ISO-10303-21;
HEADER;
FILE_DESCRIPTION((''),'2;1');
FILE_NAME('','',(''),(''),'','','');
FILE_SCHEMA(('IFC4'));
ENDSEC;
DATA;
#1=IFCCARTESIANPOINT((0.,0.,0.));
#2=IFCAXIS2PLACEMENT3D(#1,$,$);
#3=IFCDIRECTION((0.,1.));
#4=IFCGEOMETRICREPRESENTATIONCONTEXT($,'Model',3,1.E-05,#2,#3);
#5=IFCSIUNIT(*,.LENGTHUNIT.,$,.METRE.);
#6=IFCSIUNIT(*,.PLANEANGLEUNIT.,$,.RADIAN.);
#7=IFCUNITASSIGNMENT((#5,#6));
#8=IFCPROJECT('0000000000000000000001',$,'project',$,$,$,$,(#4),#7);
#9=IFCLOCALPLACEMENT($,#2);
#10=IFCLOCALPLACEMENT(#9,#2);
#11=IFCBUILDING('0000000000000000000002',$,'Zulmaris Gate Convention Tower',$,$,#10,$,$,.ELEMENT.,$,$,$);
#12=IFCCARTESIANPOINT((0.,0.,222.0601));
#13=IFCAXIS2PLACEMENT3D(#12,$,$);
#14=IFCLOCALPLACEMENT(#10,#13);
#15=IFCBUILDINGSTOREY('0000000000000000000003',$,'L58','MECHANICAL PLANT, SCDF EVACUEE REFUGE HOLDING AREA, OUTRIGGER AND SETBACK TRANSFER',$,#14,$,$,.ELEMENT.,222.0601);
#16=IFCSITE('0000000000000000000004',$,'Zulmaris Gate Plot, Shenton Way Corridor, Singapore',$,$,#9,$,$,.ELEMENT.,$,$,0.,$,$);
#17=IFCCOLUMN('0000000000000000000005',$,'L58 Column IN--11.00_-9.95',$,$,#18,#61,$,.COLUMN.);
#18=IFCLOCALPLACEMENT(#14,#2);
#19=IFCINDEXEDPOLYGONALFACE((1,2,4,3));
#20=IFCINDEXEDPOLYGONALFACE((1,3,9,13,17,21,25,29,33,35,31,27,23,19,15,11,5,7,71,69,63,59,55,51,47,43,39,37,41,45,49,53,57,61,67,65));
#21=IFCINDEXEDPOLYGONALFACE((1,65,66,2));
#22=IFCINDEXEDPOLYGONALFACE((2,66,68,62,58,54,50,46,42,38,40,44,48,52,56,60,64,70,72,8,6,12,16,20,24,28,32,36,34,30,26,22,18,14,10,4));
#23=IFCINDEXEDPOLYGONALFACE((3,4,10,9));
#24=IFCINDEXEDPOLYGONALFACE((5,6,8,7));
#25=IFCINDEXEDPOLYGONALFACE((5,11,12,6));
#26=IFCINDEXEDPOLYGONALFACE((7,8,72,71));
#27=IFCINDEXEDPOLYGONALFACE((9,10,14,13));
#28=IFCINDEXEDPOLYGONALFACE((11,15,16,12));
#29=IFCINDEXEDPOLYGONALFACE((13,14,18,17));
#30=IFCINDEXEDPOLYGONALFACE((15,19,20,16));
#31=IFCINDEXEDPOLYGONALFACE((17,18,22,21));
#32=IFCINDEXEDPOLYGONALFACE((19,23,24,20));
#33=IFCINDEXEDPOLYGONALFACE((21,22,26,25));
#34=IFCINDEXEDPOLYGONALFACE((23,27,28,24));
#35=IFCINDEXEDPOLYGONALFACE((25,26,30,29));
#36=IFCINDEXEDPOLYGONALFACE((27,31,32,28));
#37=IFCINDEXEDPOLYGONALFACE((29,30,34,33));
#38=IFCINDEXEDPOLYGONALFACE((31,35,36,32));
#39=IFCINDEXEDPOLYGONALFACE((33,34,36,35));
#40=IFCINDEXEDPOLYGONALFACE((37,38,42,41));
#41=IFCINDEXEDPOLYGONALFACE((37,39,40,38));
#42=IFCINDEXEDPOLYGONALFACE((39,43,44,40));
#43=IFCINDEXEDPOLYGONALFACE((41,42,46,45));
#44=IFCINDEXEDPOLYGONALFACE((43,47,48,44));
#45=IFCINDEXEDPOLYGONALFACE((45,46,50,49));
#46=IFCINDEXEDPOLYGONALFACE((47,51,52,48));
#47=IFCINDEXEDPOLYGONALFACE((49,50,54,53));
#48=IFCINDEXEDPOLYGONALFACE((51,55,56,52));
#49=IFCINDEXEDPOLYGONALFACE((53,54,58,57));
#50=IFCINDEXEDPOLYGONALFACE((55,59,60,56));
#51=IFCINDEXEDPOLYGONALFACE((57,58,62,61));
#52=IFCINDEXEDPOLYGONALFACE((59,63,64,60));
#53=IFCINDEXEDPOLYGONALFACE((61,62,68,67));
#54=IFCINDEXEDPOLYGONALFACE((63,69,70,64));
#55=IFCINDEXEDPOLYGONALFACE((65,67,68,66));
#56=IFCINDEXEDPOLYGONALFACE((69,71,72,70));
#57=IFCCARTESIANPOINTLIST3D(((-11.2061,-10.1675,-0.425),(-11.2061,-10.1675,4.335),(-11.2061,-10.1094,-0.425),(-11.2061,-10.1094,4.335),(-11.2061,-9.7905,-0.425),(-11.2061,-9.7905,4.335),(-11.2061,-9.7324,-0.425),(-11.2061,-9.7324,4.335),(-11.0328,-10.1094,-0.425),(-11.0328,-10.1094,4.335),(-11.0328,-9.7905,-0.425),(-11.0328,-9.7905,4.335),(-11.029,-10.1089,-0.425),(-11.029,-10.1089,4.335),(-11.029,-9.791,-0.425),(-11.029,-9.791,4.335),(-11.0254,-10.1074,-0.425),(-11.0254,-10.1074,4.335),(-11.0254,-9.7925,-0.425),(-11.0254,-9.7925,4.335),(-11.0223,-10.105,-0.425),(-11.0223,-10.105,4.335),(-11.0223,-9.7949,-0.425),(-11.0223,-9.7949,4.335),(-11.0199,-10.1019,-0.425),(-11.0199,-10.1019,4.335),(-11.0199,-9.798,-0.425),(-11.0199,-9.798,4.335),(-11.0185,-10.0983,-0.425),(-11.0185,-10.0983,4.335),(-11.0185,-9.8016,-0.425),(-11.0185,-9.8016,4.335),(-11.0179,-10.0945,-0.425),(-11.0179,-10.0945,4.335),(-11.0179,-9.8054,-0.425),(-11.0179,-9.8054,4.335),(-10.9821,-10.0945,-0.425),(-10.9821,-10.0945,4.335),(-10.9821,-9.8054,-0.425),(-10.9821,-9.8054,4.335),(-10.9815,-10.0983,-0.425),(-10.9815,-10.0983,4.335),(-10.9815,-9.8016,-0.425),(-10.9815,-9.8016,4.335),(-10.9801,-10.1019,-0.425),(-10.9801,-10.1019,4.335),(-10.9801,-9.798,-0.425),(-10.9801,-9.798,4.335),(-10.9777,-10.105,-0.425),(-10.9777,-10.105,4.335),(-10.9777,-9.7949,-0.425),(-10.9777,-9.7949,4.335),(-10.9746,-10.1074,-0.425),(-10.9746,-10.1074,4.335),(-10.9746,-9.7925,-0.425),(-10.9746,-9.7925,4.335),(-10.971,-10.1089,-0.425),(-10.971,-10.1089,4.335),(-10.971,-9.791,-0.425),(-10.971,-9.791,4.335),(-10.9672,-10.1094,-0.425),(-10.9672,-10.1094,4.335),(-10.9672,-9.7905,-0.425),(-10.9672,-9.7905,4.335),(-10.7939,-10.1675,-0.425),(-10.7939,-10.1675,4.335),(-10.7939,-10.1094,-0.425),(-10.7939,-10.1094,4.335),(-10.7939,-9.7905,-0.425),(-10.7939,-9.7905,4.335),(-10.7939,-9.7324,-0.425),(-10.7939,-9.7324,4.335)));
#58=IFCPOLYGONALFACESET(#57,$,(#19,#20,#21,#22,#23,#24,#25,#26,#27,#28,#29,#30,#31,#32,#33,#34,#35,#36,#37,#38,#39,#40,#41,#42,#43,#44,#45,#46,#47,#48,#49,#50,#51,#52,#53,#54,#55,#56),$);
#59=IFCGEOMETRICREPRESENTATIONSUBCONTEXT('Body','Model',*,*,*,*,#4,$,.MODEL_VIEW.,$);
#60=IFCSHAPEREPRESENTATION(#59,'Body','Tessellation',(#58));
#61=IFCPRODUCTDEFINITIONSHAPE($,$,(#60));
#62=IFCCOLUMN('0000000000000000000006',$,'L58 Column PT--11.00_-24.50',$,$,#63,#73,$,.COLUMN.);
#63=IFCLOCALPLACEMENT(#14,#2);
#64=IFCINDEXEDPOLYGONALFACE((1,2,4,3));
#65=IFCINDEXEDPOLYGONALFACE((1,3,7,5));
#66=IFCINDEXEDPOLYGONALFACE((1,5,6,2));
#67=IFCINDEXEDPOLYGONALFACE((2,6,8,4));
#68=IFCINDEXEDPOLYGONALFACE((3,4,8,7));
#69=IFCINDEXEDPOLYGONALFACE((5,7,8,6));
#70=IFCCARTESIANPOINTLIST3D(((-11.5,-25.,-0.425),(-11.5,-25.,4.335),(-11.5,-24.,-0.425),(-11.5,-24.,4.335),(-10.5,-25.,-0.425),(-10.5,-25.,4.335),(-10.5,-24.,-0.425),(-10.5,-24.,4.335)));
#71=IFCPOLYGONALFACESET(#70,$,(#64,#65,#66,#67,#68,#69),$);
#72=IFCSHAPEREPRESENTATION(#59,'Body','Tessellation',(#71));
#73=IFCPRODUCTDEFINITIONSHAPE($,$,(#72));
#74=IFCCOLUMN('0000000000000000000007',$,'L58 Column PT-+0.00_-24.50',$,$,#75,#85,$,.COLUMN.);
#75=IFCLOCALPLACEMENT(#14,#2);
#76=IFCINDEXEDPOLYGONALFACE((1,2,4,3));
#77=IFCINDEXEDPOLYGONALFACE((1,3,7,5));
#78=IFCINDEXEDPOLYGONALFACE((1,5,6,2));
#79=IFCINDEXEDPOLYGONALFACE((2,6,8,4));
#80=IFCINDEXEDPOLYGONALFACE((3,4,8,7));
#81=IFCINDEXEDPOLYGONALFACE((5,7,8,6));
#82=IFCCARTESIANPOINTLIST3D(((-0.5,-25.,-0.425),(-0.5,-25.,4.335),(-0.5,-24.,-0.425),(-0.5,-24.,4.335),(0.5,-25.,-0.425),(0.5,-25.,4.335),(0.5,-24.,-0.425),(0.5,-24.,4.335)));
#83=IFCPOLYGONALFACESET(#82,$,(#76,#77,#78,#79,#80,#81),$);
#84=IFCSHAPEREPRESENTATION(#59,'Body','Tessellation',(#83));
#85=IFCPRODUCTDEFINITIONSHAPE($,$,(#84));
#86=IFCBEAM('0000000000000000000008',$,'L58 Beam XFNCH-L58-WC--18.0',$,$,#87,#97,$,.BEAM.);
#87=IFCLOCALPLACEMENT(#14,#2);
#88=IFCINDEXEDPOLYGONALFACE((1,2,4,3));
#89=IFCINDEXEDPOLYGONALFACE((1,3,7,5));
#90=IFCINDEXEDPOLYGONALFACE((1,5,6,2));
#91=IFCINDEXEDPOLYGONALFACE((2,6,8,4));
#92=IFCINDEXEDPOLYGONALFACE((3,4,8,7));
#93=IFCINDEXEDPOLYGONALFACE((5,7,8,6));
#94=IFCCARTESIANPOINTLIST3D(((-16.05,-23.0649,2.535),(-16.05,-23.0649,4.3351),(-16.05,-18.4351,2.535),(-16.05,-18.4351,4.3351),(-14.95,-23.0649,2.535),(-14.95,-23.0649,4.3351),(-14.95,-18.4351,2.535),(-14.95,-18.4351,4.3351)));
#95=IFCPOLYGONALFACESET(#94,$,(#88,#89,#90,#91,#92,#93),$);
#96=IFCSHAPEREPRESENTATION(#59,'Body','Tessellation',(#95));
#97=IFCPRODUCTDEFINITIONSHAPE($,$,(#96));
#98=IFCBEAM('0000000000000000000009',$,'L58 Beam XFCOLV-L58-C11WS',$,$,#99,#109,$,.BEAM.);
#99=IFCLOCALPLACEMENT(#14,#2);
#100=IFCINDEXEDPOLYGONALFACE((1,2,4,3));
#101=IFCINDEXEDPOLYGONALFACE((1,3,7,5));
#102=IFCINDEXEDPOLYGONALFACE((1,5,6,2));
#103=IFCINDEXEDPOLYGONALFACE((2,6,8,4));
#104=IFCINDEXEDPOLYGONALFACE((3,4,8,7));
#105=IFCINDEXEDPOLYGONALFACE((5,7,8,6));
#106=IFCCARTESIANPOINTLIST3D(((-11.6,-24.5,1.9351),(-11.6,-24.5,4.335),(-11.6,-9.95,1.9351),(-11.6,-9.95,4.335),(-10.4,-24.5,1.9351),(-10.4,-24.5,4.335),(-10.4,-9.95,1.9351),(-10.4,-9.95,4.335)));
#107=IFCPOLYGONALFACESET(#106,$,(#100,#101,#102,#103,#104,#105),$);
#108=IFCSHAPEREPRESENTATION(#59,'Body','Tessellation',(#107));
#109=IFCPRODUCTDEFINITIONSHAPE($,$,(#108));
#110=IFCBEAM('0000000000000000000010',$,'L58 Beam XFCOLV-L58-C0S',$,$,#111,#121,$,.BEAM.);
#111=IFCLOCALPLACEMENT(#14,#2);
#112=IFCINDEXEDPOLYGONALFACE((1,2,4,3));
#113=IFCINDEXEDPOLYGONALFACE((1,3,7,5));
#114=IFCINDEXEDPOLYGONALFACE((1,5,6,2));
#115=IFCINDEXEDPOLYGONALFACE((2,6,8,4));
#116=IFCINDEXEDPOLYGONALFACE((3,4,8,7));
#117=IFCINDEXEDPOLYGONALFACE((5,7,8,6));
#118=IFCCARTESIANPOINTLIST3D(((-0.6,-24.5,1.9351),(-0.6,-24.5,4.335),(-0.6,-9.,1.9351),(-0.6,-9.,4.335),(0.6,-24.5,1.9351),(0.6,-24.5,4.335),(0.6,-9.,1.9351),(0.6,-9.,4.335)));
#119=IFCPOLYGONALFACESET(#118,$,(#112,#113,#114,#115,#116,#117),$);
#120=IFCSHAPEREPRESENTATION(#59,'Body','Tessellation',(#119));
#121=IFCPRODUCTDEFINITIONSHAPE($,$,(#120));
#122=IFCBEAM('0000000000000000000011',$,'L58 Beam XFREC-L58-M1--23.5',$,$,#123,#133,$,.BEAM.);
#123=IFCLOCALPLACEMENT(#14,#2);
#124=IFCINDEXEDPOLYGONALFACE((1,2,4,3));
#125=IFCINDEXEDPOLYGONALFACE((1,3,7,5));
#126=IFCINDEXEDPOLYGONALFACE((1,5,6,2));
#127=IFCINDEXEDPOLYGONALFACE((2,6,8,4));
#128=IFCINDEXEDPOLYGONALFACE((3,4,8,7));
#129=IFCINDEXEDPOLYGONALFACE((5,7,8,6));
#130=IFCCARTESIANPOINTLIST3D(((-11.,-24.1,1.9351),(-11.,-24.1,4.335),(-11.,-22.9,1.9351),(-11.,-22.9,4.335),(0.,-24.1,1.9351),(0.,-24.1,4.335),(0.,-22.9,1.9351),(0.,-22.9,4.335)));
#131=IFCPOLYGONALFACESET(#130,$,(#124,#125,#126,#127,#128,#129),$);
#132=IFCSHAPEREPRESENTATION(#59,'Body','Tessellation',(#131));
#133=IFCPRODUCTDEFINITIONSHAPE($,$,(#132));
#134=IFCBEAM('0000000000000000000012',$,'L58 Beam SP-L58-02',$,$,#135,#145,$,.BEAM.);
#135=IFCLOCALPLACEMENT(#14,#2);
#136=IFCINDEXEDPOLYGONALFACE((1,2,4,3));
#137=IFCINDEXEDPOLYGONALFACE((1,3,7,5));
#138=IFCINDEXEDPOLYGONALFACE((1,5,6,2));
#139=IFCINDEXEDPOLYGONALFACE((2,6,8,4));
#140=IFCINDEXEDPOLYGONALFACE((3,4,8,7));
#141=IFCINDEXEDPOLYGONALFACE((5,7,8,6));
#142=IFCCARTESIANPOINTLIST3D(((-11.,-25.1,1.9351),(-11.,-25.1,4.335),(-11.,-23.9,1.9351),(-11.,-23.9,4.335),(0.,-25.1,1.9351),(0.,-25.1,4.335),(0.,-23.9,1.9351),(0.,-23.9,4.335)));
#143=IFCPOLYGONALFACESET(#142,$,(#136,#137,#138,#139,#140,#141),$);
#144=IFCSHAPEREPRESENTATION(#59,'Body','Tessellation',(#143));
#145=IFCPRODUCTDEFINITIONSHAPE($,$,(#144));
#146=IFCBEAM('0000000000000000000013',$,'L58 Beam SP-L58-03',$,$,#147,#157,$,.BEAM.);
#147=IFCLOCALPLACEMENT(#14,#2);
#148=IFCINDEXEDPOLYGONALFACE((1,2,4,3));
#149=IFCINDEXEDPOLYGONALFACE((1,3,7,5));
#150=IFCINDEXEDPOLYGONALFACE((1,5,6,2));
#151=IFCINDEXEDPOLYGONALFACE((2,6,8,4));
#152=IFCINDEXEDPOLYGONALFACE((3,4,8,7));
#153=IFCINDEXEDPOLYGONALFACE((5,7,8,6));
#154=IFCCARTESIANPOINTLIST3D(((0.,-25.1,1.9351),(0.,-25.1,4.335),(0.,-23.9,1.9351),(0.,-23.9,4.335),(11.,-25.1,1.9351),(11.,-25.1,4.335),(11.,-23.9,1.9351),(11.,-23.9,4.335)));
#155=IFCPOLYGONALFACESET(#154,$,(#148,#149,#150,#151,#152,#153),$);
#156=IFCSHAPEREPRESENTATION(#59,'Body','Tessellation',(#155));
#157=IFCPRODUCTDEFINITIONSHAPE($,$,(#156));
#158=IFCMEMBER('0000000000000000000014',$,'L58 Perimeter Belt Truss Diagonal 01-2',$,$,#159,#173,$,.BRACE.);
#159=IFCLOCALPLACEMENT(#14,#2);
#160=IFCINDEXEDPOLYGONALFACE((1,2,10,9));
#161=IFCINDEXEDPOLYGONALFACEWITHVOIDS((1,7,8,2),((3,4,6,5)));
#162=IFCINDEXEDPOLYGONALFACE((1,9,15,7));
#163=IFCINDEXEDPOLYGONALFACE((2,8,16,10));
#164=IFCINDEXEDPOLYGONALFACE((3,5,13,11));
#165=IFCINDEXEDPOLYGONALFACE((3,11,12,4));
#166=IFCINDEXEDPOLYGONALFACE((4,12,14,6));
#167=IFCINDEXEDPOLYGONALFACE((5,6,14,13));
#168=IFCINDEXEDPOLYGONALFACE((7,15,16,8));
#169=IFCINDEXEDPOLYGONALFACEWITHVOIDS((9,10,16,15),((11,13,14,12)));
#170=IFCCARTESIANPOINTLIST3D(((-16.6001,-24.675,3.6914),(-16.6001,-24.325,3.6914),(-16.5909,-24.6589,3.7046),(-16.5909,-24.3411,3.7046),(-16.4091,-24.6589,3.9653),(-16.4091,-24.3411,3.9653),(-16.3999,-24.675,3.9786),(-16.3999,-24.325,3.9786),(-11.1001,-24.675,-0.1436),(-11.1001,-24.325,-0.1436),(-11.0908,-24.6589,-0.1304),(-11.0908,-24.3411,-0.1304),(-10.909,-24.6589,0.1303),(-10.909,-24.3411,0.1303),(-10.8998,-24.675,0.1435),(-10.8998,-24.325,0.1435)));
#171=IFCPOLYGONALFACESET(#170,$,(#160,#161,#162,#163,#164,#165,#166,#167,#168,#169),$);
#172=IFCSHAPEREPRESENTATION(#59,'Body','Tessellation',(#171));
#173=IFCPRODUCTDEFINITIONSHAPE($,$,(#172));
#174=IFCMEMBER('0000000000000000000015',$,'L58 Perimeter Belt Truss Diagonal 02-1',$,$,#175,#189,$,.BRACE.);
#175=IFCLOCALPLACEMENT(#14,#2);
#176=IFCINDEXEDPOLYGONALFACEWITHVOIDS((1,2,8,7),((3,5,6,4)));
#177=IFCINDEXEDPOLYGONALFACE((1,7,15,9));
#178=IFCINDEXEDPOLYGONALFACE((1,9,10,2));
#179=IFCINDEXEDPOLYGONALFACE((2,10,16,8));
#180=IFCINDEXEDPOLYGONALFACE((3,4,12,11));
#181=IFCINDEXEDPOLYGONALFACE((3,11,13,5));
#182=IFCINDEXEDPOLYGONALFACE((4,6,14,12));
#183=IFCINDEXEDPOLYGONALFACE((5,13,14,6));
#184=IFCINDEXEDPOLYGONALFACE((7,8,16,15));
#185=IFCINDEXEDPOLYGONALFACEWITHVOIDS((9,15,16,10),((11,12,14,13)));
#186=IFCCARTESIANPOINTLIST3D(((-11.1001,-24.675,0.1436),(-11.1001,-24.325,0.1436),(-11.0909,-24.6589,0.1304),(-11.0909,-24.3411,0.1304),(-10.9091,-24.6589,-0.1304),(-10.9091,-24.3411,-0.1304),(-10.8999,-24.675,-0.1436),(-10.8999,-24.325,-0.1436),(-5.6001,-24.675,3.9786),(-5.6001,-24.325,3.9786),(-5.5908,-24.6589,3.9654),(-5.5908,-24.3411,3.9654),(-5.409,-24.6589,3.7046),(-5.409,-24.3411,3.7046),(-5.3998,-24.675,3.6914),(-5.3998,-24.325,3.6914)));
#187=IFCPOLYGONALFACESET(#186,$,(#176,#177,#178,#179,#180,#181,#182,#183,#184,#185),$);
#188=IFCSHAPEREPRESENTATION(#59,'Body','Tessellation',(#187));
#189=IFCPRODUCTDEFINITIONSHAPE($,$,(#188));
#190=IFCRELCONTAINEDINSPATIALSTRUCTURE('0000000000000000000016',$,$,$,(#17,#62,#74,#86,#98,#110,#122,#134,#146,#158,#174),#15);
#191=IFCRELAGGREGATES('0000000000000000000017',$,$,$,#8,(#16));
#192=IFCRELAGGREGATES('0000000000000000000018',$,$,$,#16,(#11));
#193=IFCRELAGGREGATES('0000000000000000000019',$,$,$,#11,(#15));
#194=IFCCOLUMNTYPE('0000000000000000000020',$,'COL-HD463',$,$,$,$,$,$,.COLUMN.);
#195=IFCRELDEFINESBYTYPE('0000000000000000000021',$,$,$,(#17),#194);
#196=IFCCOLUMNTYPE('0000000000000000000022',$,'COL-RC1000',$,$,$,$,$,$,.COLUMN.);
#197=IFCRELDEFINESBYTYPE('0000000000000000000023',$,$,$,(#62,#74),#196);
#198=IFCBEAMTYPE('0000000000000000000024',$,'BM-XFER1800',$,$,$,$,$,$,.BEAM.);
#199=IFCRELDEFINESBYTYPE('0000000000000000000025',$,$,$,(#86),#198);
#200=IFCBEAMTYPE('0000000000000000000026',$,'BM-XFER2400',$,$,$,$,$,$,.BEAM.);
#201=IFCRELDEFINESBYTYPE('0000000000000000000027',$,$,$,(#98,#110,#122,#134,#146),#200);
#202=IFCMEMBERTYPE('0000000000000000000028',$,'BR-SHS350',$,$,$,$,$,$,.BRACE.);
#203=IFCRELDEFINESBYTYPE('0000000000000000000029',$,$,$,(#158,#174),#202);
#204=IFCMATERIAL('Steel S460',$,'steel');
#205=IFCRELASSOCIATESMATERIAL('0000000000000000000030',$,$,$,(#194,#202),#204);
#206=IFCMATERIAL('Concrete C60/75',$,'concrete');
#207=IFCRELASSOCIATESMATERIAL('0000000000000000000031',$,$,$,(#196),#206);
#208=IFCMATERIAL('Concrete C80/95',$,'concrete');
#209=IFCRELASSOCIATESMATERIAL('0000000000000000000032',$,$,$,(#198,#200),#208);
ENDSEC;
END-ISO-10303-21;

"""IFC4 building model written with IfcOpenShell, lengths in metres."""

from ifc_helpers import new_model, si_unit, direction, frame, origin, origin_2d, place, context, subcontext, project, spatial, rectangle, hollow_rectangle, i_section, extrude, material, material_profile, profile_set, type_object, element, save


model = new_model("IFC4")

# Units and contexts
model_context = context("Model", 3, precision=1e-05, world=origin(), true_north=direction((0.0, 1.0)))
body_context = subcontext(model_context, "Body", "Model", "MODEL_VIEW")
ifc_project = project(units=[si_unit("LENGTHUNIT", "METRE"), si_unit("PLANEANGLEUNIT", "RADIAN")], contexts=[model_context])

# Site, building, storey
site_placement = place(None, origin())
site = spatial("IfcSite", under=ifc_project, at=site_placement, Name="Zulmaris Gate Plot, Shenton Way Corridor, Singapore", CompositionType="ELEMENT", RefElevation=0.0)
building_placement = place(site_placement, origin())
building = spatial("IfcBuilding", under=site, at=building_placement, Name="Zulmaris Gate Convention Tower", CompositionType="ELEMENT")
storey_placement = place(building_placement, frame((0.0, 0.0, 222.0601)))
storey = spatial("IfcBuildingStorey", under=building, at=storey_placement, Name="L58", Description="MECHANICAL PLANT, SCDF EVACUEE REFUGE HOLDING AREA, OUTRIGGER AND SETBACK TRANSFER", CompositionType="ELEMENT", Elevation=222.0601)

# Columns
ifc_material_1 = material(Name="Steel S460", Category="steel")
ifc_material_profile_1 = material_profile(ifc_material_1, i_section(OverallWidth=0.4121, OverallDepth=0.4351, WebThickness=0.0359, FlangeThickness=0.0581, FilletRadius=0.0149, at=origin_2d()), Name="HD 400x463")
ifc_profile_set_1 = profile_set([ifc_material_profile_1], Name="Steel S460")
column_type_1 = type_object("IfcColumnType", Name="COL-HD463", PredefinedType="COLUMN", material=ifc_profile_set_1)
column_placement = place(storey_placement, frame((-11.0, -9.95, -0.425), z_axis=(0.0, 0.0, 1.0), x_axis=(1.0, 0.0, 0.0)))
element("IfcColumn", 1, at=column_placement, inside=storey, type_object=column_type_1, Name="L58 Column IN--11.00_-9.95", PredefinedType="COLUMN", context=body_context, shape_type="SweptSolid", body=[
    extrude(i_section(OverallWidth=0.4121, OverallDepth=0.4351, WebThickness=0.0359, FlangeThickness=0.0581, FilletRadius=0.0149, at=origin_2d()), origin(), (0.0, 0.0, 1.0), 4.76),
])
ifc_material_2 = material(Name="Concrete C60/75", Category="concrete")
ifc_material_profile_2 = material_profile(ifc_material_2, rectangle(XDim=1.0, YDim=1.0, at=origin_2d()), Name="RC COL 1000x1000")
ifc_profile_set_2 = profile_set([ifc_material_profile_2], Name="Concrete C60/75")
column_type_2 = type_object("IfcColumnType", Name="COL-RC1000", PredefinedType="COLUMN", material=ifc_profile_set_2)
for number, where, z_axis, x_axis, name in (
    (2, (-11.0, -24.5, -0.425), (0.0, 0.0, 1.0), (1.0, 0.0, 0.0), "L58 Column PT--11.00_-24.50"),
    (3, (0.0, -24.5, -0.425), (0.0, 0.0, 1.0), (1.0, 0.0, 0.0), "L58 Column PT-+0.00_-24.50"),
):
    element("IfcColumn", number, at=place(storey_placement, frame(where, z_axis=z_axis, x_axis=x_axis)), inside=storey, type_object=column_type_2, Name=name, PredefinedType="COLUMN", context=body_context, shape_type="SweptSolid", body=[
        extrude(rectangle(XDim=1.0, YDim=1.0, at=origin_2d()), origin(), (0.0, 0.0, 1.0), 4.76),
    ])

# Beams
ifc_material_3 = material(Name="Concrete C80/95", Category="concrete")
ifc_material_profile_3 = material_profile(ifc_material_3, rectangle(XDim=1.1001, YDim=1.8, at=origin_2d()), Name="RC TRANSFER 1100x1800")
ifc_profile_set_3 = profile_set([ifc_material_profile_3], Name="Concrete C80/95")
beam_type_1 = type_object("IfcBeamType", Name="BM-XFER1800", PredefinedType="BEAM", material=ifc_profile_set_3)
beam_1_placement = place(storey_placement, frame((-15.5, -23.0649, 3.4351), z_axis=(0.0, 1.0, 0.0), x_axis=(-1.0, 0.0, 0.0)))
element("IfcBeam", 4, at=beam_1_placement, inside=storey, type_object=beam_type_1, Name="L58 Beam XFNCH-L58-WC--18.0", PredefinedType="BEAM", context=body_context, shape_type="SweptSolid", body=[
    extrude(rectangle(XDim=1.1001, YDim=1.8, at=origin_2d()), origin(), (0.0, 0.0, 1.0), 4.6299),
])
ifc_material_profile_4 = material_profile(ifc_material_3, rectangle(XDim=1.2, YDim=2.3999, at=origin_2d()), Name="RC TRANSFER 1200x2400")
ifc_profile_set_4 = profile_set([ifc_material_profile_4], Name="Concrete C80/95")
beam_type_2 = type_object("IfcBeamType", Name="BM-XFER2400", PredefinedType="BEAM", material=ifc_profile_set_4)
beam_2_placement = place(storey_placement, frame((-11.0, -24.5, 3.135), z_axis=(0.0, 1.0, 0.0), x_axis=(-1.0, 0.0, 0.0)))
element("IfcBeam", 5, at=beam_2_placement, inside=storey, type_object=beam_type_2, Name="L58 Beam XFCOLV-L58-C11WS", PredefinedType="BEAM", context=body_context, shape_type="SweptSolid", body=[
    extrude(rectangle(XDim=1.2, YDim=2.3999, at=origin_2d()), origin(), (0.0, 0.0, 1.0), 14.55),
])
beam_3_placement = place(storey_placement, frame((0.0, -24.5, 3.135), z_axis=(0.0, 1.0, 0.0), x_axis=(-1.0, 0.0, 0.0)))
element("IfcBeam", 6, at=beam_3_placement, inside=storey, type_object=beam_type_2, Name="L58 Beam XFCOLV-L58-C0S", PredefinedType="BEAM", context=body_context, shape_type="SweptSolid", body=[
    extrude(rectangle(XDim=1.2, YDim=2.3999, at=origin_2d()), origin(), (0.0, 0.0, 1.0), 15.5),
])
for number, where, z_axis, x_axis, name in (
    (7, (-11.0, -23.5, 3.135), (1.0, 0.0, 0.0), (0.0, 1.0, 0.0), "L58 Beam XFREC-L58-M1--23.5"),
    (8, (-11.0, -24.5, 3.135), (1.0, 0.0, 0.0), (0.0, 1.0, 0.0), "L58 Beam SP-L58-02"),
    (9, (0.0, -24.5, 3.135), (1.0, 0.0, 0.0), (0.0, 1.0, 0.0), "L58 Beam SP-L58-03"),
):
    element("IfcBeam", number, at=place(storey_placement, frame(where, z_axis=z_axis, x_axis=x_axis)), inside=storey, type_object=beam_type_2, Name=name, PredefinedType="BEAM", context=body_context, shape_type="SweptSolid", body=[
        extrude(rectangle(XDim=1.2, YDim=2.3999, at=origin_2d()), origin(), (0.0, 0.0, 1.0), 11.0),
    ])

# Members
ifc_material_profile_5 = material_profile(ifc_material_1, hollow_rectangle(XDim=0.3501, YDim=0.3501, WallThickness=0.0161, at=origin_2d()), Name="SHS 350x350x16")
ifc_profile_set_5 = profile_set([ifc_material_profile_5], Name="Steel S460")
member_type = type_object("IfcMemberType", Name="BR-SHS350", PredefinedType="BRACE", material=ifc_profile_set_5)
for number, where, z_axis, x_axis, name in (
    (10, (-16.5, -24.5, 3.835), (0.820284, 0.0, -0.571956), (0.0, 1.0, 0.0), "L58 Perimeter Belt Truss Diagonal 01-2"),
    (11, (-11.0, -24.5, 0.0), (0.820284, 0.0, 0.571956), (0.0, 1.0, 0.0), "L58 Perimeter Belt Truss Diagonal 02-1"),
):
    element("IfcMember", number, at=place(storey_placement, frame(where, z_axis=z_axis, x_axis=x_axis)), inside=storey, type_object=member_type, Name=name, PredefinedType="BRACE", context=body_context, shape_type="SweptSolid", body=[
        extrude(hollow_rectangle(XDim=0.3501, YDim=0.3501, WallThickness=0.0161, at=origin_2d()), origin(), (0.0, 0.0, 1.0), 6.7051),
    ])

save(model, "model.ifc")
